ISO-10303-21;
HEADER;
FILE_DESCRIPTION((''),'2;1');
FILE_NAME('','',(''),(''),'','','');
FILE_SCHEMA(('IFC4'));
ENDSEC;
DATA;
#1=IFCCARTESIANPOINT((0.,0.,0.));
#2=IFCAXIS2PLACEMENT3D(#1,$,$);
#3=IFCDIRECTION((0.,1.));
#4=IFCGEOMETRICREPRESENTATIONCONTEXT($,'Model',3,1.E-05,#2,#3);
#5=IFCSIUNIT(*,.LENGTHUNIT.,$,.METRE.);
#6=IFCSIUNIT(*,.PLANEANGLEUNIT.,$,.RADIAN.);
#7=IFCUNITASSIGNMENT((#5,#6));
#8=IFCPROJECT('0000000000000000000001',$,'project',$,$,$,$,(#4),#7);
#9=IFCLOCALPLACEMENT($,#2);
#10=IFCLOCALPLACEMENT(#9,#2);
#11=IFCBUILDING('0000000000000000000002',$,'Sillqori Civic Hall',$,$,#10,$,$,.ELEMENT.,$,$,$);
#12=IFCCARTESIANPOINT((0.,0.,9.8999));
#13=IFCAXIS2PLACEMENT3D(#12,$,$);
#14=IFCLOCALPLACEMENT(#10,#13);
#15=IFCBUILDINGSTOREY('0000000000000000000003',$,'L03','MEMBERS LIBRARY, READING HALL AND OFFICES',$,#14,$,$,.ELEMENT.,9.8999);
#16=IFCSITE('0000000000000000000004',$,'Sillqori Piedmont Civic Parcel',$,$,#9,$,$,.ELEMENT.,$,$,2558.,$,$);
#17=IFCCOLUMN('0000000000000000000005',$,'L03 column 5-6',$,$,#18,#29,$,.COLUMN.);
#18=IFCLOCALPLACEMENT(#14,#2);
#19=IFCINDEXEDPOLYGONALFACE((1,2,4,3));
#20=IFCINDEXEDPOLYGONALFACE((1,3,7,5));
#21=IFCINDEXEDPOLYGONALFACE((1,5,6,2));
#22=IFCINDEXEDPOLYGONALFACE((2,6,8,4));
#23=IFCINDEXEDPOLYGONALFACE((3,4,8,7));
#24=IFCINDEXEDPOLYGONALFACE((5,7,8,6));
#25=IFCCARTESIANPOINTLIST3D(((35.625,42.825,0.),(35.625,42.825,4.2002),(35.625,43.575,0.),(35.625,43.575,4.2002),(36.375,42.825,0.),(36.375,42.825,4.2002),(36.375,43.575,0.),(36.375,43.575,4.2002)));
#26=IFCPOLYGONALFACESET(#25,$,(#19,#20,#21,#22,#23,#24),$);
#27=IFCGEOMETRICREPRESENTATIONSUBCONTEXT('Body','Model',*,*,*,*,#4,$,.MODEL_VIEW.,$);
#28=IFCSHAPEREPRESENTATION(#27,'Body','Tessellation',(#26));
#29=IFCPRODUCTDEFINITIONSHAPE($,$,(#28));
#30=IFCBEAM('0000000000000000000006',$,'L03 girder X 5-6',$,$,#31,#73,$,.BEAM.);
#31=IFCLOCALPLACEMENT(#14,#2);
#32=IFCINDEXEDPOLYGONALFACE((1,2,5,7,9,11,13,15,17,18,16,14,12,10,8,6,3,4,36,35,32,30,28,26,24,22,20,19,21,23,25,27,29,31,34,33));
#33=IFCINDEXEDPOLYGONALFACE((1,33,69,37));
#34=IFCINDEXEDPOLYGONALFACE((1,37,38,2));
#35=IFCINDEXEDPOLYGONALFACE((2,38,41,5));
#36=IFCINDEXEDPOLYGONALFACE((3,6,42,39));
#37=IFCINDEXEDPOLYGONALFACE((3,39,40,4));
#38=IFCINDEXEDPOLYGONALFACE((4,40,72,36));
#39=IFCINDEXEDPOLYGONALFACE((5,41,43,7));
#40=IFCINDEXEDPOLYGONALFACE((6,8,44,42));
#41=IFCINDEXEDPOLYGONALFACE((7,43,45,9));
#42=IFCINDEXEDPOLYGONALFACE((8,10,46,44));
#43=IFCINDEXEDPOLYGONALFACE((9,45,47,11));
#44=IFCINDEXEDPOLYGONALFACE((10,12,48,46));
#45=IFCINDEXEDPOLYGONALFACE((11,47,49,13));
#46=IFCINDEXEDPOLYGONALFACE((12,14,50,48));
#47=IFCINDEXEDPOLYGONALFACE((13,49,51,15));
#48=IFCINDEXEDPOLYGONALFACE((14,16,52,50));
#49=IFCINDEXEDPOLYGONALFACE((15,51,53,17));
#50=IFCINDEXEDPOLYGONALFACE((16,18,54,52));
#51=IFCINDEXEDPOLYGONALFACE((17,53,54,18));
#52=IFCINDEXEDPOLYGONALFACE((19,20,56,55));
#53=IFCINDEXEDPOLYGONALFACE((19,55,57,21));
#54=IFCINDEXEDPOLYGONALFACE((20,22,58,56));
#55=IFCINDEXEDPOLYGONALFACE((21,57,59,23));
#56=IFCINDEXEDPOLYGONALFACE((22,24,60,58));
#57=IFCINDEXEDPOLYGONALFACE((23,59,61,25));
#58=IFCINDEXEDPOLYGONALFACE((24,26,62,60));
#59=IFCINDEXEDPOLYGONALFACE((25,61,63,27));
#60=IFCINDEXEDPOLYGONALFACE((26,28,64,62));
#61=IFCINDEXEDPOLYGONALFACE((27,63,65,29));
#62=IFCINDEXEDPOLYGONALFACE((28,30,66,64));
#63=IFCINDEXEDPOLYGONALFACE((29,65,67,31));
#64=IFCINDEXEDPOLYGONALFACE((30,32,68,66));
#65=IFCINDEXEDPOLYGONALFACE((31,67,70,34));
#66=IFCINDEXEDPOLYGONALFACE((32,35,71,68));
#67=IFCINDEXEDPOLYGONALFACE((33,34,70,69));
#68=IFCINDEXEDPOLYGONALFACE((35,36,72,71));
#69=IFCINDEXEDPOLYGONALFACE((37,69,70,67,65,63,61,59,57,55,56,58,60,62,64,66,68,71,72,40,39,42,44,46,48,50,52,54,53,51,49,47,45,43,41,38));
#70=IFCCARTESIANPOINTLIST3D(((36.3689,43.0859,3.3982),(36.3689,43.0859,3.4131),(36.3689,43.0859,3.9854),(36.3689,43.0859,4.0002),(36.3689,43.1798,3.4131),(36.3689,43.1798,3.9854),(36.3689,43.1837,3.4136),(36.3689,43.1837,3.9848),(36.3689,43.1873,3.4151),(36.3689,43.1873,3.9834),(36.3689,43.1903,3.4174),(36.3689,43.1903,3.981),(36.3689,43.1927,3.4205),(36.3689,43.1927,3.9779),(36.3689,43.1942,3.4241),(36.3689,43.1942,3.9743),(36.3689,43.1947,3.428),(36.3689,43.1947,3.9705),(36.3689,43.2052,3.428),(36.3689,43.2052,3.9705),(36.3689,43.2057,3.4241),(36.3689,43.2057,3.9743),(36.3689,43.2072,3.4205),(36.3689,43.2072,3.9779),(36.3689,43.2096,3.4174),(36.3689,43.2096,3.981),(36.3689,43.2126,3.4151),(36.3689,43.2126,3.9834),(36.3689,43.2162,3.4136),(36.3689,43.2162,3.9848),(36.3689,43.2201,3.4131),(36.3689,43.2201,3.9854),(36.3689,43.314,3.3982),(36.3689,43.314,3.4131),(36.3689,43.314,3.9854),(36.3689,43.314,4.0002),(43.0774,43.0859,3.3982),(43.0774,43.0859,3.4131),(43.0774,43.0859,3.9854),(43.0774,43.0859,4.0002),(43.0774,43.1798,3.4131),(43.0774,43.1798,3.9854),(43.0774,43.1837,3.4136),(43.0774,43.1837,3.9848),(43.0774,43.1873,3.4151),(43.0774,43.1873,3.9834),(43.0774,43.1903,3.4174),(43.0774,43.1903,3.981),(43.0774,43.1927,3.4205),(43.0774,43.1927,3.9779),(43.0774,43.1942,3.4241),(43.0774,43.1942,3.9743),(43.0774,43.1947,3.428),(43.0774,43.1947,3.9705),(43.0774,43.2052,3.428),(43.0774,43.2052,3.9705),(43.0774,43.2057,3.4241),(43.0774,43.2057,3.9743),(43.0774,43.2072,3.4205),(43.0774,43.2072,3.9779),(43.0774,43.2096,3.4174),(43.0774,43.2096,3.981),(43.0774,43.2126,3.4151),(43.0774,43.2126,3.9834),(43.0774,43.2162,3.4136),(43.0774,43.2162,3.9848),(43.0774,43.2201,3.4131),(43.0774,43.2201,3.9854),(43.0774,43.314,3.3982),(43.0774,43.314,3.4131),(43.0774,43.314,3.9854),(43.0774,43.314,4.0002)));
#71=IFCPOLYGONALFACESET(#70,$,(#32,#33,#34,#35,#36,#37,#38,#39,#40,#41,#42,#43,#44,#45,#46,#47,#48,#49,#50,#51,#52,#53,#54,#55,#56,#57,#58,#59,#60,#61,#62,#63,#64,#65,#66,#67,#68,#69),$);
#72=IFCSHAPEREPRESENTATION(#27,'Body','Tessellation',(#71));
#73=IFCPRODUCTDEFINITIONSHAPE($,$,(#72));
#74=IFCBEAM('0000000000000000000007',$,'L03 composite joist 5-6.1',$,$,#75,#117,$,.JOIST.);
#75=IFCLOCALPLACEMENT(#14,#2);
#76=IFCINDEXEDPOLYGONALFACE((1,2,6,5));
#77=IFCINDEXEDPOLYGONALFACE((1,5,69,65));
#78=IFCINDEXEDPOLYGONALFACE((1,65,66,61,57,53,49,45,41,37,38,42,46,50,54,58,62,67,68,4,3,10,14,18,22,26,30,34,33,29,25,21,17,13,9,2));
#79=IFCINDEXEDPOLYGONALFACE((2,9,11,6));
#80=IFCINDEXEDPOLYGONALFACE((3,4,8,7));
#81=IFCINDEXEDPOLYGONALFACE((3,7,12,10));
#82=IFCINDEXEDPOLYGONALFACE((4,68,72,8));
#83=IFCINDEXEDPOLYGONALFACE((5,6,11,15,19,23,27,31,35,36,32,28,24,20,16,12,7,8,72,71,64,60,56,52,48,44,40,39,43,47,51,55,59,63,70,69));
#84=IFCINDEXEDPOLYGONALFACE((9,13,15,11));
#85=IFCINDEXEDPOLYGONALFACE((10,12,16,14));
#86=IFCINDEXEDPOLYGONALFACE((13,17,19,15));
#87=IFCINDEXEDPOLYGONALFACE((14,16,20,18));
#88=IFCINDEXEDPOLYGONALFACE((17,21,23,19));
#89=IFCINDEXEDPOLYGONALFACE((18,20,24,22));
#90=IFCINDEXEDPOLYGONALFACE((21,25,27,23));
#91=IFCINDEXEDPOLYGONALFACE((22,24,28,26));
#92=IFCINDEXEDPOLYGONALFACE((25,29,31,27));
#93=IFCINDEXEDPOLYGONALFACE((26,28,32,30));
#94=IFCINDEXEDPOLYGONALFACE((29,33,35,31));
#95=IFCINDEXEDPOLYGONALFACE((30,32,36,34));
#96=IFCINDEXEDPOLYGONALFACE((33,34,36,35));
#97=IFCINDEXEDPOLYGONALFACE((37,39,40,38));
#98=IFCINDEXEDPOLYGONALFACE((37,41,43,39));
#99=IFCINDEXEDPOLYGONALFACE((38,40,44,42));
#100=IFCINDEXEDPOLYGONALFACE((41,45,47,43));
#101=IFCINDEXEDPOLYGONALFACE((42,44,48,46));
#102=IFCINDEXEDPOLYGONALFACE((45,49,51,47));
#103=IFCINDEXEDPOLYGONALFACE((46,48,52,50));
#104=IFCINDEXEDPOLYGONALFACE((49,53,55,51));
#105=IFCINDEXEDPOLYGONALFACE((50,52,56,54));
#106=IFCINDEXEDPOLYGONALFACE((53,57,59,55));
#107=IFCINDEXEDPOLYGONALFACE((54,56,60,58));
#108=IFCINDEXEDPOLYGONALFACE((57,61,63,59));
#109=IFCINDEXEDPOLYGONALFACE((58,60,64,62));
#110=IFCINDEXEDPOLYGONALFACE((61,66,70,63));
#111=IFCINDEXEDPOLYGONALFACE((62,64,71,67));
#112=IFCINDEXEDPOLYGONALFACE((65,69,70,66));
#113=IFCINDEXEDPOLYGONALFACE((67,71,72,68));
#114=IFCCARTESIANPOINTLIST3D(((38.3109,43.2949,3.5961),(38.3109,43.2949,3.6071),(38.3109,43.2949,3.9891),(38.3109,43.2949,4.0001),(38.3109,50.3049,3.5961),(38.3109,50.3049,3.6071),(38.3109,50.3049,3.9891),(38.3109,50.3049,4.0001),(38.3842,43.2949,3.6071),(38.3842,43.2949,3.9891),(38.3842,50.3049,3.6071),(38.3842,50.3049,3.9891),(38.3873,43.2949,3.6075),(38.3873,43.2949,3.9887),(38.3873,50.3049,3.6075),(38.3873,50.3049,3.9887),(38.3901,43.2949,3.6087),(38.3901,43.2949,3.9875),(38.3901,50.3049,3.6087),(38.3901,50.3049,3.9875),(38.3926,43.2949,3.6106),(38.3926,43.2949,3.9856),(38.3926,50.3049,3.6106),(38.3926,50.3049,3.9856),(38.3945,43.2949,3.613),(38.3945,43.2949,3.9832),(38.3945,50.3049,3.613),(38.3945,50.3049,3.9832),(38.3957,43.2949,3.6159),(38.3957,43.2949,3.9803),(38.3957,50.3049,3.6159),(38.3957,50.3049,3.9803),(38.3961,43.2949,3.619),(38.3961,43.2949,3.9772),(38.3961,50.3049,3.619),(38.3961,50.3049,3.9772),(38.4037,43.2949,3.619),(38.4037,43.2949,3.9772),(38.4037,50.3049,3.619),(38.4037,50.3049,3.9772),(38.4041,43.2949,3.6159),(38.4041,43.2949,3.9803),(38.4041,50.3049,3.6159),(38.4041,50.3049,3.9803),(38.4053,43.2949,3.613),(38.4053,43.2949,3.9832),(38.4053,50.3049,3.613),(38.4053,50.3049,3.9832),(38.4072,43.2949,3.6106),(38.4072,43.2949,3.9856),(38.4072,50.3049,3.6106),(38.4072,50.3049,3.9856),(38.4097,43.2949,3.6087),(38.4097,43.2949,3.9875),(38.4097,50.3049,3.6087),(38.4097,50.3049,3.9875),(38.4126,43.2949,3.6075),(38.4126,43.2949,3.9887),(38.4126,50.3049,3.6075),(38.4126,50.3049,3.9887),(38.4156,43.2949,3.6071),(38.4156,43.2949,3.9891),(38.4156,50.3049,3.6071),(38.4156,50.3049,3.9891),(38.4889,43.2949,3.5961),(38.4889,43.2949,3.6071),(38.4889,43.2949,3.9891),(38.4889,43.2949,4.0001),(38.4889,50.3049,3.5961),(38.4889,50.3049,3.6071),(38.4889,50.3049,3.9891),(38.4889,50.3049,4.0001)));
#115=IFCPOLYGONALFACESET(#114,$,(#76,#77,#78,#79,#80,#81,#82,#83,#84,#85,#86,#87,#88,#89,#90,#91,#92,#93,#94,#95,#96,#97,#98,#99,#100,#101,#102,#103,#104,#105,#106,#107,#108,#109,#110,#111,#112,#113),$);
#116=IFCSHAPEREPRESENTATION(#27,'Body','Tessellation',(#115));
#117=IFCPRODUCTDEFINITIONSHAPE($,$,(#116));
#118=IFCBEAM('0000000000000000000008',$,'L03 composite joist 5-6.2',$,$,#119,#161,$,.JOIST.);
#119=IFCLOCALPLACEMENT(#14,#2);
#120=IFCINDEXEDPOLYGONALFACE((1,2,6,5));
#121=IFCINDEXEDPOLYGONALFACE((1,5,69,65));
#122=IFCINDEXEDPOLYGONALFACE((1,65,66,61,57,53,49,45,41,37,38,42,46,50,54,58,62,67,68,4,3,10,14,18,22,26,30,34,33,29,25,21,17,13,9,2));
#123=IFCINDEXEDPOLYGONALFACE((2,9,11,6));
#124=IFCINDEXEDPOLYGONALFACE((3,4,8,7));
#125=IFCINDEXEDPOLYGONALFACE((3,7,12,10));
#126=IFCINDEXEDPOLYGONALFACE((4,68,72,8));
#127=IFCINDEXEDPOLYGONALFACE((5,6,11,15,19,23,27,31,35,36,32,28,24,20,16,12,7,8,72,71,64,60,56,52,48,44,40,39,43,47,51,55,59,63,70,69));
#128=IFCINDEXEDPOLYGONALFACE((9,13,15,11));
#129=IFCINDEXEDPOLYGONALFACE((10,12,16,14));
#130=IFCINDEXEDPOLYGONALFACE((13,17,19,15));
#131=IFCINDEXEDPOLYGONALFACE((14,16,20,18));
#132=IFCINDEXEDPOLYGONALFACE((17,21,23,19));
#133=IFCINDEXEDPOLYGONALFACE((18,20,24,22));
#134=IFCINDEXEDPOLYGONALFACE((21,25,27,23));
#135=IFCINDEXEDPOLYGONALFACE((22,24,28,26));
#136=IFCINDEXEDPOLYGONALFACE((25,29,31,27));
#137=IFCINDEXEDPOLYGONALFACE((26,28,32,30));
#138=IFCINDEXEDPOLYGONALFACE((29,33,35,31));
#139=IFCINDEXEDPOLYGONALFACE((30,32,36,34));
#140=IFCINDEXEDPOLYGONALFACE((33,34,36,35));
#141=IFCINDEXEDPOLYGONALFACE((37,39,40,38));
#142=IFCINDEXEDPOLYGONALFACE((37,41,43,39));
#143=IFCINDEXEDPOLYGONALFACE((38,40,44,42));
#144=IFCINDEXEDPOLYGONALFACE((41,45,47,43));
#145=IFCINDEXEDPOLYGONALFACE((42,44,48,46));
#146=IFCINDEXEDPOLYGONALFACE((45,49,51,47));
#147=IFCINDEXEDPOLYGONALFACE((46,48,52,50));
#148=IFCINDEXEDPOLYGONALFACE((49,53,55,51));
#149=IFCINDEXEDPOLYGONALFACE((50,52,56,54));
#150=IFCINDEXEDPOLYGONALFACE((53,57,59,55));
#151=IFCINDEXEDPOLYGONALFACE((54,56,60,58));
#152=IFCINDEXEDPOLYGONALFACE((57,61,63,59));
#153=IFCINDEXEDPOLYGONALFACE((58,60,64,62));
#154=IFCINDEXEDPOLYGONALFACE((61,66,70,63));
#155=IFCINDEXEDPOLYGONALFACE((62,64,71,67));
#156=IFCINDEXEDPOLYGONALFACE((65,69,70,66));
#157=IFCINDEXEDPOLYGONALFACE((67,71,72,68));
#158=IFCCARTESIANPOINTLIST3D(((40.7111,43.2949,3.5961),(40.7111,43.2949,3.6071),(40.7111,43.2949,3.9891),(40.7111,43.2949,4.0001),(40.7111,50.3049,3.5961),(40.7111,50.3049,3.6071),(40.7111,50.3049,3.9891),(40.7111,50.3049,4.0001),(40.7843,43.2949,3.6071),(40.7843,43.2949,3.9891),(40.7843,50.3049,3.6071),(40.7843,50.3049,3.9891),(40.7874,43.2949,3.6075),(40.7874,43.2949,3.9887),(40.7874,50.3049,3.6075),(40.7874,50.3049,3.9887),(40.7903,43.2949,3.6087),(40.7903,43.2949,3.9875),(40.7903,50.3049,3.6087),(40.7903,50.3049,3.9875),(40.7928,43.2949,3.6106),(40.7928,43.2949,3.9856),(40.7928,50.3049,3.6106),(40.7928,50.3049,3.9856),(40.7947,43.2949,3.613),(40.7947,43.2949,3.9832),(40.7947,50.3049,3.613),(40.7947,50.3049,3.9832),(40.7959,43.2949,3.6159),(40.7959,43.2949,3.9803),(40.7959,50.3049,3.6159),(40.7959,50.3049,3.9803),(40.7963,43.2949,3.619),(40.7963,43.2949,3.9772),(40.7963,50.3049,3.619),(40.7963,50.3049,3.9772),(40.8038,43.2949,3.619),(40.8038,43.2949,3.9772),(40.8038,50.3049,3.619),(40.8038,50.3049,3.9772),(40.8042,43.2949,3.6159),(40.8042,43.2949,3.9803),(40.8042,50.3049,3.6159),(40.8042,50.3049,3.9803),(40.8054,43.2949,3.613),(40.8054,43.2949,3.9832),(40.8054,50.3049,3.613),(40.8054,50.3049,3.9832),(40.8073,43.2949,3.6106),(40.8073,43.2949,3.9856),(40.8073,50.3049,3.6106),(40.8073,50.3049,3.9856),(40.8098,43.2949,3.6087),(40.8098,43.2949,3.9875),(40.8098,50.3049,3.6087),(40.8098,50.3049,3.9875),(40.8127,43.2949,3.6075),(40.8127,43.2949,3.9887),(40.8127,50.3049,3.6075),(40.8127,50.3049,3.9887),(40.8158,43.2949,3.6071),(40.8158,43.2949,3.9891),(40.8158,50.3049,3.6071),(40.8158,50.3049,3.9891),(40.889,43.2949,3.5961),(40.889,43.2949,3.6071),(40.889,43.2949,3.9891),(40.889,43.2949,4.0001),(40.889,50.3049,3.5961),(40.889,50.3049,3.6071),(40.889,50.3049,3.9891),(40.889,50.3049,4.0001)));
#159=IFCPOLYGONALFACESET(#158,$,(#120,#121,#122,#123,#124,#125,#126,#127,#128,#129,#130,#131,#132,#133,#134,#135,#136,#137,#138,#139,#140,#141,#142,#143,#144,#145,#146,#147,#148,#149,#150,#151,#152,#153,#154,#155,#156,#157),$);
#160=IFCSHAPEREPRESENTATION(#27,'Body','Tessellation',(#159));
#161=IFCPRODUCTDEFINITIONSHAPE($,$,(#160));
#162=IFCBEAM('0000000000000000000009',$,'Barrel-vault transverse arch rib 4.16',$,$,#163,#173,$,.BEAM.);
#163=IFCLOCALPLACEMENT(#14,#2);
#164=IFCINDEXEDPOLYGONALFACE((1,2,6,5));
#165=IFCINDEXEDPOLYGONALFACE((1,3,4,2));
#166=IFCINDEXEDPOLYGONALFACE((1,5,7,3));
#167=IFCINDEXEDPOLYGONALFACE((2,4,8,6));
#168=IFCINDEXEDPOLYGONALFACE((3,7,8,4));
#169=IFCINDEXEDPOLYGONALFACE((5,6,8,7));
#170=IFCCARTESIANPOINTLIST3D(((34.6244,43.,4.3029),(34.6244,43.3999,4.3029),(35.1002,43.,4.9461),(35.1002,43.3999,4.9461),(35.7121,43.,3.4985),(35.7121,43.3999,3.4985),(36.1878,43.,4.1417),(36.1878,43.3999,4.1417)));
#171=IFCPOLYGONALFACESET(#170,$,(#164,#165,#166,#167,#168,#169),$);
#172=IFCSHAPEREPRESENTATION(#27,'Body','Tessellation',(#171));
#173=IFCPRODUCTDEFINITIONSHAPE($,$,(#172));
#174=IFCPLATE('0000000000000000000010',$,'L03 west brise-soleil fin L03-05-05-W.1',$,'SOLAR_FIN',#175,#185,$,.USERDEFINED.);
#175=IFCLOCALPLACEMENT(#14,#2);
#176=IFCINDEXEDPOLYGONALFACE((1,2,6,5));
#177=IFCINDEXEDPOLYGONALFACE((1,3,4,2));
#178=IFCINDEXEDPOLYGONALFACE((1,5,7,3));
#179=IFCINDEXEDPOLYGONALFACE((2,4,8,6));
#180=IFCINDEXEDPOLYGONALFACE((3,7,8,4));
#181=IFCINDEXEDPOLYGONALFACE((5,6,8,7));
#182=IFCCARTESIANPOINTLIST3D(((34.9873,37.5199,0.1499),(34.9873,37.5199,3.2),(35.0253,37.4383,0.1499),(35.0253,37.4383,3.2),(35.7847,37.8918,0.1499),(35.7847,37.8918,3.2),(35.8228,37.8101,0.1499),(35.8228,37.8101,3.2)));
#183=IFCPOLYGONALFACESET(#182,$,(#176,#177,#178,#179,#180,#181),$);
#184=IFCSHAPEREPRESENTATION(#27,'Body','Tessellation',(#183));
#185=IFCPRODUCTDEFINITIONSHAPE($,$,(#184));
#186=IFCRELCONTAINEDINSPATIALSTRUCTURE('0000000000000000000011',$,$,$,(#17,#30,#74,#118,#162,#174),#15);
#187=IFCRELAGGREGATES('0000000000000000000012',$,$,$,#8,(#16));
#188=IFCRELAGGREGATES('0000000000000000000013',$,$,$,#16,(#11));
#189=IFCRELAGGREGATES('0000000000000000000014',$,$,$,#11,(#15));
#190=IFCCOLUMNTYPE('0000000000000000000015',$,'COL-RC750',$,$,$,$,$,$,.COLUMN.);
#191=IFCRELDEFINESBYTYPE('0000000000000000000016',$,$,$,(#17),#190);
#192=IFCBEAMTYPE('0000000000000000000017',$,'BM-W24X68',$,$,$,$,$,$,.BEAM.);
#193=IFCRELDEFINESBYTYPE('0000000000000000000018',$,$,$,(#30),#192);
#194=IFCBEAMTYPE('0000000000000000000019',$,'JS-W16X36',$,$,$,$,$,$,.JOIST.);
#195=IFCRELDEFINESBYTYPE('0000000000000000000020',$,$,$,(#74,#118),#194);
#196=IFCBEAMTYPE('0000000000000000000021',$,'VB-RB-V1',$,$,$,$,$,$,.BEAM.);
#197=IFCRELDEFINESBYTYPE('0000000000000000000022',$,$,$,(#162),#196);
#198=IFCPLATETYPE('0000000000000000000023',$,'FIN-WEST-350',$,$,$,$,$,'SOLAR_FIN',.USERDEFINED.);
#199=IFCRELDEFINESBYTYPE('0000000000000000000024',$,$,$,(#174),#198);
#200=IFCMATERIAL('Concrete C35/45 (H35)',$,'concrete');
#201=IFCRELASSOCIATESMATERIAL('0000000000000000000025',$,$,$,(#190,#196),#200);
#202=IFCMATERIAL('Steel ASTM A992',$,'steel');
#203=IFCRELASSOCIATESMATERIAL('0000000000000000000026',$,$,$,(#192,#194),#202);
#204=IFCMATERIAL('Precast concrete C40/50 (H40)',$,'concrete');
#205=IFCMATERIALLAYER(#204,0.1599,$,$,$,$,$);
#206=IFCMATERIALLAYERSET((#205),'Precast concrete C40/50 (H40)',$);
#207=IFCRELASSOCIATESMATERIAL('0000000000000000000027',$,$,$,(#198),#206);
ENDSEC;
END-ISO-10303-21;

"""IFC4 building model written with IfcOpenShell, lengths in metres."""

from ifc_helpers import new_model, si_unit, direction, frame, origin, origin_2d, place, context, subcontext, project, spatial, rectangle, i_section, extrude, material, layer, layer_set, material_profile, profile_set, type_object, element, save


model = new_model("IFC4")

# Units and contexts
model_context = context("Model", 3, precision=1e-05, world=origin(), true_north=direction((0.0, 1.0)))
body_context = subcontext(model_context, "Body", "Model", "MODEL_VIEW")
ifc_project = project(units=[si_unit("LENGTHUNIT", "METRE"), si_unit("PLANEANGLEUNIT", "RADIAN")], contexts=[model_context])

# Site, building, storey
site_placement = place(None, origin())
site = spatial("IfcSite", under=ifc_project, at=site_placement, Name="Sillqori Piedmont Civic Parcel", CompositionType="ELEMENT", RefElevation=2558.0)
building_placement = place(site_placement, origin())
building = spatial("IfcBuilding", under=site, at=building_placement, Name="Sillqori Civic Hall", CompositionType="ELEMENT")
storey_placement = place(building_placement, frame((0.0, 0.0, 9.8999)))
storey = spatial("IfcBuildingStorey", under=building, at=storey_placement, Name="L03", Description="MEMBERS LIBRARY, READING HALL AND OFFICES", CompositionType="ELEMENT", Elevation=9.8999)

# Column
ifc_material_1 = material(Name="Concrete C35/45 (H35)", Category="concrete")
ifc_material_profile_1 = material_profile(ifc_material_1, rectangle(XDim=0.75, YDim=0.75, at=origin_2d()), Name="RC 750x750")
ifc_profile_set_1 = profile_set([ifc_material_profile_1], Name="Concrete C35/45 (H35)")
column_type = type_object("IfcColumnType", Name="COL-RC750", PredefinedType="COLUMN", material=ifc_profile_set_1)
column_placement = place(storey_placement, frame((36.0, 43.2, 0.0), z_axis=(0.0, 0.0, 1.0), x_axis=(1.0, 0.0, 0.0)))
element("IfcColumn", 1, at=column_placement, inside=storey, type_object=column_type, Name="L03 column 5-6", PredefinedType="COLUMN", context=body_context, shape_type="SweptSolid", body=[
    extrude(rectangle(XDim=0.75, YDim=0.75, at=origin_2d()), origin(), (0.0, 0.0, 1.0), 4.2002),
])

# Beams
ifc_material_2 = material(Name="Steel ASTM A992", Category="steel")
ifc_material_profile_2 = material_profile(ifc_material_2, i_section(OverallWidth=0.228, OverallDepth=0.6021, WebThickness=0.0105, FlangeThickness=0.0149, FilletRadius=0.0149, at=origin_2d()), Name="W24X68")
ifc_profile_set_2 = profile_set([ifc_material_profile_2], Name="Steel ASTM A992")
beam_type_1 = type_object("IfcBeamType", Name="BM-W24X68", PredefinedType="BEAM", material=ifc_profile_set_2)
beam_1_placement = place(storey_placement, frame((36.3689, 43.2, 3.6992), z_axis=(1.0, 0.0, 0.0), x_axis=(0.0, 1.0, 0.0)))
element("IfcBeam", 2, at=beam_1_placement, inside=storey, type_object=beam_type_1, Name="L03 girder X 5-6", PredefinedType="BEAM", context=body_context, shape_type="SweptSolid", body=[
    extrude(i_section(OverallWidth=0.228, OverallDepth=0.6021, WebThickness=0.0105, FlangeThickness=0.0149, FilletRadius=0.0149, at=origin_2d()), origin(), (0.0, 0.0, 1.0), 6.7085),
])
ifc_material_profile_3 = material_profile(ifc_material_2, i_section(OverallWidth=0.178, OverallDepth=0.4041, WebThickness=0.0076, FlangeThickness=0.011, FilletRadius=0.012, at=origin_2d()), Name="W16X36")
ifc_profile_set_3 = profile_set([ifc_material_profile_3], Name="Steel ASTM A992")
beam_type_2 = type_object("IfcBeamType", Name="JS-W16X36", PredefinedType="JOIST", material=ifc_profile_set_3)
for number, where, z_axis, x_axis, name in (
    (3, (38.3999, 43.2949, 3.7981), (0.0, 1.0, 0.0), (-1.0, 0.0, 0.0), "L03 composite joist 5-6.1"),
    (4, (40.8, 43.2949, 3.7981), (0.0, 1.0, 0.0), (-1.0, 0.0, 0.0), "L03 composite joist 5-6.2"),
):
    element("IfcBeam", number, at=place(storey_placement, frame(where, z_axis=z_axis, x_axis=x_axis)), inside=storey, type_object=beam_type_2, Name=name, PredefinedType="JOIST", context=body_context, shape_type="SweptSolid", body=[
        extrude(i_section(OverallWidth=0.178, OverallDepth=0.4041, WebThickness=0.0076, FlangeThickness=0.011, FilletRadius=0.012, at=origin_2d()), origin(), (0.0, 0.0, 1.0), 7.01),
    ])
ifc_material_profile_4 = material_profile(ifc_material_1, rectangle(XDim=0.3999, YDim=0.8, at=origin_2d()), Name="RC 400x800")
ifc_profile_set_4 = profile_set([ifc_material_profile_4], Name="Concrete C35/45 (H35)")
beam_type_3 = type_object("IfcBeamType", Name="VB-RB-V1", PredefinedType="BEAM", material=ifc_profile_set_4)
beam_2_placement = place(storey_placement, frame((34.8623, 43.2, 4.6245), z_axis=(0.803989, 0.0, -0.594645), x_axis=(0.0, 1.0, 0.0)))
element("IfcBeam", 5, at=beam_2_placement, inside=storey, type_object=beam_type_3, Name="Barrel-vault transverse arch rib 4.16", PredefinedType="BEAM", context=body_context, shape_type="SweptSolid", body=[
    extrude(rectangle(XDim=0.3999, YDim=0.8, at=origin_2d()), origin(), (0.0, 0.0, 1.0), 1.3528),
])

# Plate
ifc_material_3 = material(Name="Precast concrete C40/50 (H40)", Category="concrete")
ifc_layer_1 = layer(ifc_material_3, 0.1599)
ifc_layer_set_1 = layer_set([ifc_layer_1], Name="Precast concrete C40/50 (H40)")
plate_type_1 = type_object("IfcPlateType", Name="FIN-WEST-350", ElementType="SOLAR_FIN", PredefinedType="USERDEFINED", material=ifc_layer_set_1)
for number, where, z_axis, x_axis, name in (
    (6, (35.405, 37.665, 0.1499), (0.0, 0.0, 1.0), (-0.422618, 0.906308, 0.0), "L03 west brise-soleil fin L03-05-05-W.1"),
):
    element("IfcPlate", number, at=place(storey_placement, frame(where, z_axis=z_axis, x_axis=x_axis)), inside=storey, type_object=plate_type_1, Name=name, ObjectType="SOLAR_FIN", PredefinedType="USERDEFINED", context=body_context, shape_type="SweptSolid", body=[
        extrude(rectangle(XDim=0.0901, YDim=0.8799, at=origin_2d()), origin(), (0.0, 0.0, 1.0), 3.05),
    ])

save(model, "model.ifc")
